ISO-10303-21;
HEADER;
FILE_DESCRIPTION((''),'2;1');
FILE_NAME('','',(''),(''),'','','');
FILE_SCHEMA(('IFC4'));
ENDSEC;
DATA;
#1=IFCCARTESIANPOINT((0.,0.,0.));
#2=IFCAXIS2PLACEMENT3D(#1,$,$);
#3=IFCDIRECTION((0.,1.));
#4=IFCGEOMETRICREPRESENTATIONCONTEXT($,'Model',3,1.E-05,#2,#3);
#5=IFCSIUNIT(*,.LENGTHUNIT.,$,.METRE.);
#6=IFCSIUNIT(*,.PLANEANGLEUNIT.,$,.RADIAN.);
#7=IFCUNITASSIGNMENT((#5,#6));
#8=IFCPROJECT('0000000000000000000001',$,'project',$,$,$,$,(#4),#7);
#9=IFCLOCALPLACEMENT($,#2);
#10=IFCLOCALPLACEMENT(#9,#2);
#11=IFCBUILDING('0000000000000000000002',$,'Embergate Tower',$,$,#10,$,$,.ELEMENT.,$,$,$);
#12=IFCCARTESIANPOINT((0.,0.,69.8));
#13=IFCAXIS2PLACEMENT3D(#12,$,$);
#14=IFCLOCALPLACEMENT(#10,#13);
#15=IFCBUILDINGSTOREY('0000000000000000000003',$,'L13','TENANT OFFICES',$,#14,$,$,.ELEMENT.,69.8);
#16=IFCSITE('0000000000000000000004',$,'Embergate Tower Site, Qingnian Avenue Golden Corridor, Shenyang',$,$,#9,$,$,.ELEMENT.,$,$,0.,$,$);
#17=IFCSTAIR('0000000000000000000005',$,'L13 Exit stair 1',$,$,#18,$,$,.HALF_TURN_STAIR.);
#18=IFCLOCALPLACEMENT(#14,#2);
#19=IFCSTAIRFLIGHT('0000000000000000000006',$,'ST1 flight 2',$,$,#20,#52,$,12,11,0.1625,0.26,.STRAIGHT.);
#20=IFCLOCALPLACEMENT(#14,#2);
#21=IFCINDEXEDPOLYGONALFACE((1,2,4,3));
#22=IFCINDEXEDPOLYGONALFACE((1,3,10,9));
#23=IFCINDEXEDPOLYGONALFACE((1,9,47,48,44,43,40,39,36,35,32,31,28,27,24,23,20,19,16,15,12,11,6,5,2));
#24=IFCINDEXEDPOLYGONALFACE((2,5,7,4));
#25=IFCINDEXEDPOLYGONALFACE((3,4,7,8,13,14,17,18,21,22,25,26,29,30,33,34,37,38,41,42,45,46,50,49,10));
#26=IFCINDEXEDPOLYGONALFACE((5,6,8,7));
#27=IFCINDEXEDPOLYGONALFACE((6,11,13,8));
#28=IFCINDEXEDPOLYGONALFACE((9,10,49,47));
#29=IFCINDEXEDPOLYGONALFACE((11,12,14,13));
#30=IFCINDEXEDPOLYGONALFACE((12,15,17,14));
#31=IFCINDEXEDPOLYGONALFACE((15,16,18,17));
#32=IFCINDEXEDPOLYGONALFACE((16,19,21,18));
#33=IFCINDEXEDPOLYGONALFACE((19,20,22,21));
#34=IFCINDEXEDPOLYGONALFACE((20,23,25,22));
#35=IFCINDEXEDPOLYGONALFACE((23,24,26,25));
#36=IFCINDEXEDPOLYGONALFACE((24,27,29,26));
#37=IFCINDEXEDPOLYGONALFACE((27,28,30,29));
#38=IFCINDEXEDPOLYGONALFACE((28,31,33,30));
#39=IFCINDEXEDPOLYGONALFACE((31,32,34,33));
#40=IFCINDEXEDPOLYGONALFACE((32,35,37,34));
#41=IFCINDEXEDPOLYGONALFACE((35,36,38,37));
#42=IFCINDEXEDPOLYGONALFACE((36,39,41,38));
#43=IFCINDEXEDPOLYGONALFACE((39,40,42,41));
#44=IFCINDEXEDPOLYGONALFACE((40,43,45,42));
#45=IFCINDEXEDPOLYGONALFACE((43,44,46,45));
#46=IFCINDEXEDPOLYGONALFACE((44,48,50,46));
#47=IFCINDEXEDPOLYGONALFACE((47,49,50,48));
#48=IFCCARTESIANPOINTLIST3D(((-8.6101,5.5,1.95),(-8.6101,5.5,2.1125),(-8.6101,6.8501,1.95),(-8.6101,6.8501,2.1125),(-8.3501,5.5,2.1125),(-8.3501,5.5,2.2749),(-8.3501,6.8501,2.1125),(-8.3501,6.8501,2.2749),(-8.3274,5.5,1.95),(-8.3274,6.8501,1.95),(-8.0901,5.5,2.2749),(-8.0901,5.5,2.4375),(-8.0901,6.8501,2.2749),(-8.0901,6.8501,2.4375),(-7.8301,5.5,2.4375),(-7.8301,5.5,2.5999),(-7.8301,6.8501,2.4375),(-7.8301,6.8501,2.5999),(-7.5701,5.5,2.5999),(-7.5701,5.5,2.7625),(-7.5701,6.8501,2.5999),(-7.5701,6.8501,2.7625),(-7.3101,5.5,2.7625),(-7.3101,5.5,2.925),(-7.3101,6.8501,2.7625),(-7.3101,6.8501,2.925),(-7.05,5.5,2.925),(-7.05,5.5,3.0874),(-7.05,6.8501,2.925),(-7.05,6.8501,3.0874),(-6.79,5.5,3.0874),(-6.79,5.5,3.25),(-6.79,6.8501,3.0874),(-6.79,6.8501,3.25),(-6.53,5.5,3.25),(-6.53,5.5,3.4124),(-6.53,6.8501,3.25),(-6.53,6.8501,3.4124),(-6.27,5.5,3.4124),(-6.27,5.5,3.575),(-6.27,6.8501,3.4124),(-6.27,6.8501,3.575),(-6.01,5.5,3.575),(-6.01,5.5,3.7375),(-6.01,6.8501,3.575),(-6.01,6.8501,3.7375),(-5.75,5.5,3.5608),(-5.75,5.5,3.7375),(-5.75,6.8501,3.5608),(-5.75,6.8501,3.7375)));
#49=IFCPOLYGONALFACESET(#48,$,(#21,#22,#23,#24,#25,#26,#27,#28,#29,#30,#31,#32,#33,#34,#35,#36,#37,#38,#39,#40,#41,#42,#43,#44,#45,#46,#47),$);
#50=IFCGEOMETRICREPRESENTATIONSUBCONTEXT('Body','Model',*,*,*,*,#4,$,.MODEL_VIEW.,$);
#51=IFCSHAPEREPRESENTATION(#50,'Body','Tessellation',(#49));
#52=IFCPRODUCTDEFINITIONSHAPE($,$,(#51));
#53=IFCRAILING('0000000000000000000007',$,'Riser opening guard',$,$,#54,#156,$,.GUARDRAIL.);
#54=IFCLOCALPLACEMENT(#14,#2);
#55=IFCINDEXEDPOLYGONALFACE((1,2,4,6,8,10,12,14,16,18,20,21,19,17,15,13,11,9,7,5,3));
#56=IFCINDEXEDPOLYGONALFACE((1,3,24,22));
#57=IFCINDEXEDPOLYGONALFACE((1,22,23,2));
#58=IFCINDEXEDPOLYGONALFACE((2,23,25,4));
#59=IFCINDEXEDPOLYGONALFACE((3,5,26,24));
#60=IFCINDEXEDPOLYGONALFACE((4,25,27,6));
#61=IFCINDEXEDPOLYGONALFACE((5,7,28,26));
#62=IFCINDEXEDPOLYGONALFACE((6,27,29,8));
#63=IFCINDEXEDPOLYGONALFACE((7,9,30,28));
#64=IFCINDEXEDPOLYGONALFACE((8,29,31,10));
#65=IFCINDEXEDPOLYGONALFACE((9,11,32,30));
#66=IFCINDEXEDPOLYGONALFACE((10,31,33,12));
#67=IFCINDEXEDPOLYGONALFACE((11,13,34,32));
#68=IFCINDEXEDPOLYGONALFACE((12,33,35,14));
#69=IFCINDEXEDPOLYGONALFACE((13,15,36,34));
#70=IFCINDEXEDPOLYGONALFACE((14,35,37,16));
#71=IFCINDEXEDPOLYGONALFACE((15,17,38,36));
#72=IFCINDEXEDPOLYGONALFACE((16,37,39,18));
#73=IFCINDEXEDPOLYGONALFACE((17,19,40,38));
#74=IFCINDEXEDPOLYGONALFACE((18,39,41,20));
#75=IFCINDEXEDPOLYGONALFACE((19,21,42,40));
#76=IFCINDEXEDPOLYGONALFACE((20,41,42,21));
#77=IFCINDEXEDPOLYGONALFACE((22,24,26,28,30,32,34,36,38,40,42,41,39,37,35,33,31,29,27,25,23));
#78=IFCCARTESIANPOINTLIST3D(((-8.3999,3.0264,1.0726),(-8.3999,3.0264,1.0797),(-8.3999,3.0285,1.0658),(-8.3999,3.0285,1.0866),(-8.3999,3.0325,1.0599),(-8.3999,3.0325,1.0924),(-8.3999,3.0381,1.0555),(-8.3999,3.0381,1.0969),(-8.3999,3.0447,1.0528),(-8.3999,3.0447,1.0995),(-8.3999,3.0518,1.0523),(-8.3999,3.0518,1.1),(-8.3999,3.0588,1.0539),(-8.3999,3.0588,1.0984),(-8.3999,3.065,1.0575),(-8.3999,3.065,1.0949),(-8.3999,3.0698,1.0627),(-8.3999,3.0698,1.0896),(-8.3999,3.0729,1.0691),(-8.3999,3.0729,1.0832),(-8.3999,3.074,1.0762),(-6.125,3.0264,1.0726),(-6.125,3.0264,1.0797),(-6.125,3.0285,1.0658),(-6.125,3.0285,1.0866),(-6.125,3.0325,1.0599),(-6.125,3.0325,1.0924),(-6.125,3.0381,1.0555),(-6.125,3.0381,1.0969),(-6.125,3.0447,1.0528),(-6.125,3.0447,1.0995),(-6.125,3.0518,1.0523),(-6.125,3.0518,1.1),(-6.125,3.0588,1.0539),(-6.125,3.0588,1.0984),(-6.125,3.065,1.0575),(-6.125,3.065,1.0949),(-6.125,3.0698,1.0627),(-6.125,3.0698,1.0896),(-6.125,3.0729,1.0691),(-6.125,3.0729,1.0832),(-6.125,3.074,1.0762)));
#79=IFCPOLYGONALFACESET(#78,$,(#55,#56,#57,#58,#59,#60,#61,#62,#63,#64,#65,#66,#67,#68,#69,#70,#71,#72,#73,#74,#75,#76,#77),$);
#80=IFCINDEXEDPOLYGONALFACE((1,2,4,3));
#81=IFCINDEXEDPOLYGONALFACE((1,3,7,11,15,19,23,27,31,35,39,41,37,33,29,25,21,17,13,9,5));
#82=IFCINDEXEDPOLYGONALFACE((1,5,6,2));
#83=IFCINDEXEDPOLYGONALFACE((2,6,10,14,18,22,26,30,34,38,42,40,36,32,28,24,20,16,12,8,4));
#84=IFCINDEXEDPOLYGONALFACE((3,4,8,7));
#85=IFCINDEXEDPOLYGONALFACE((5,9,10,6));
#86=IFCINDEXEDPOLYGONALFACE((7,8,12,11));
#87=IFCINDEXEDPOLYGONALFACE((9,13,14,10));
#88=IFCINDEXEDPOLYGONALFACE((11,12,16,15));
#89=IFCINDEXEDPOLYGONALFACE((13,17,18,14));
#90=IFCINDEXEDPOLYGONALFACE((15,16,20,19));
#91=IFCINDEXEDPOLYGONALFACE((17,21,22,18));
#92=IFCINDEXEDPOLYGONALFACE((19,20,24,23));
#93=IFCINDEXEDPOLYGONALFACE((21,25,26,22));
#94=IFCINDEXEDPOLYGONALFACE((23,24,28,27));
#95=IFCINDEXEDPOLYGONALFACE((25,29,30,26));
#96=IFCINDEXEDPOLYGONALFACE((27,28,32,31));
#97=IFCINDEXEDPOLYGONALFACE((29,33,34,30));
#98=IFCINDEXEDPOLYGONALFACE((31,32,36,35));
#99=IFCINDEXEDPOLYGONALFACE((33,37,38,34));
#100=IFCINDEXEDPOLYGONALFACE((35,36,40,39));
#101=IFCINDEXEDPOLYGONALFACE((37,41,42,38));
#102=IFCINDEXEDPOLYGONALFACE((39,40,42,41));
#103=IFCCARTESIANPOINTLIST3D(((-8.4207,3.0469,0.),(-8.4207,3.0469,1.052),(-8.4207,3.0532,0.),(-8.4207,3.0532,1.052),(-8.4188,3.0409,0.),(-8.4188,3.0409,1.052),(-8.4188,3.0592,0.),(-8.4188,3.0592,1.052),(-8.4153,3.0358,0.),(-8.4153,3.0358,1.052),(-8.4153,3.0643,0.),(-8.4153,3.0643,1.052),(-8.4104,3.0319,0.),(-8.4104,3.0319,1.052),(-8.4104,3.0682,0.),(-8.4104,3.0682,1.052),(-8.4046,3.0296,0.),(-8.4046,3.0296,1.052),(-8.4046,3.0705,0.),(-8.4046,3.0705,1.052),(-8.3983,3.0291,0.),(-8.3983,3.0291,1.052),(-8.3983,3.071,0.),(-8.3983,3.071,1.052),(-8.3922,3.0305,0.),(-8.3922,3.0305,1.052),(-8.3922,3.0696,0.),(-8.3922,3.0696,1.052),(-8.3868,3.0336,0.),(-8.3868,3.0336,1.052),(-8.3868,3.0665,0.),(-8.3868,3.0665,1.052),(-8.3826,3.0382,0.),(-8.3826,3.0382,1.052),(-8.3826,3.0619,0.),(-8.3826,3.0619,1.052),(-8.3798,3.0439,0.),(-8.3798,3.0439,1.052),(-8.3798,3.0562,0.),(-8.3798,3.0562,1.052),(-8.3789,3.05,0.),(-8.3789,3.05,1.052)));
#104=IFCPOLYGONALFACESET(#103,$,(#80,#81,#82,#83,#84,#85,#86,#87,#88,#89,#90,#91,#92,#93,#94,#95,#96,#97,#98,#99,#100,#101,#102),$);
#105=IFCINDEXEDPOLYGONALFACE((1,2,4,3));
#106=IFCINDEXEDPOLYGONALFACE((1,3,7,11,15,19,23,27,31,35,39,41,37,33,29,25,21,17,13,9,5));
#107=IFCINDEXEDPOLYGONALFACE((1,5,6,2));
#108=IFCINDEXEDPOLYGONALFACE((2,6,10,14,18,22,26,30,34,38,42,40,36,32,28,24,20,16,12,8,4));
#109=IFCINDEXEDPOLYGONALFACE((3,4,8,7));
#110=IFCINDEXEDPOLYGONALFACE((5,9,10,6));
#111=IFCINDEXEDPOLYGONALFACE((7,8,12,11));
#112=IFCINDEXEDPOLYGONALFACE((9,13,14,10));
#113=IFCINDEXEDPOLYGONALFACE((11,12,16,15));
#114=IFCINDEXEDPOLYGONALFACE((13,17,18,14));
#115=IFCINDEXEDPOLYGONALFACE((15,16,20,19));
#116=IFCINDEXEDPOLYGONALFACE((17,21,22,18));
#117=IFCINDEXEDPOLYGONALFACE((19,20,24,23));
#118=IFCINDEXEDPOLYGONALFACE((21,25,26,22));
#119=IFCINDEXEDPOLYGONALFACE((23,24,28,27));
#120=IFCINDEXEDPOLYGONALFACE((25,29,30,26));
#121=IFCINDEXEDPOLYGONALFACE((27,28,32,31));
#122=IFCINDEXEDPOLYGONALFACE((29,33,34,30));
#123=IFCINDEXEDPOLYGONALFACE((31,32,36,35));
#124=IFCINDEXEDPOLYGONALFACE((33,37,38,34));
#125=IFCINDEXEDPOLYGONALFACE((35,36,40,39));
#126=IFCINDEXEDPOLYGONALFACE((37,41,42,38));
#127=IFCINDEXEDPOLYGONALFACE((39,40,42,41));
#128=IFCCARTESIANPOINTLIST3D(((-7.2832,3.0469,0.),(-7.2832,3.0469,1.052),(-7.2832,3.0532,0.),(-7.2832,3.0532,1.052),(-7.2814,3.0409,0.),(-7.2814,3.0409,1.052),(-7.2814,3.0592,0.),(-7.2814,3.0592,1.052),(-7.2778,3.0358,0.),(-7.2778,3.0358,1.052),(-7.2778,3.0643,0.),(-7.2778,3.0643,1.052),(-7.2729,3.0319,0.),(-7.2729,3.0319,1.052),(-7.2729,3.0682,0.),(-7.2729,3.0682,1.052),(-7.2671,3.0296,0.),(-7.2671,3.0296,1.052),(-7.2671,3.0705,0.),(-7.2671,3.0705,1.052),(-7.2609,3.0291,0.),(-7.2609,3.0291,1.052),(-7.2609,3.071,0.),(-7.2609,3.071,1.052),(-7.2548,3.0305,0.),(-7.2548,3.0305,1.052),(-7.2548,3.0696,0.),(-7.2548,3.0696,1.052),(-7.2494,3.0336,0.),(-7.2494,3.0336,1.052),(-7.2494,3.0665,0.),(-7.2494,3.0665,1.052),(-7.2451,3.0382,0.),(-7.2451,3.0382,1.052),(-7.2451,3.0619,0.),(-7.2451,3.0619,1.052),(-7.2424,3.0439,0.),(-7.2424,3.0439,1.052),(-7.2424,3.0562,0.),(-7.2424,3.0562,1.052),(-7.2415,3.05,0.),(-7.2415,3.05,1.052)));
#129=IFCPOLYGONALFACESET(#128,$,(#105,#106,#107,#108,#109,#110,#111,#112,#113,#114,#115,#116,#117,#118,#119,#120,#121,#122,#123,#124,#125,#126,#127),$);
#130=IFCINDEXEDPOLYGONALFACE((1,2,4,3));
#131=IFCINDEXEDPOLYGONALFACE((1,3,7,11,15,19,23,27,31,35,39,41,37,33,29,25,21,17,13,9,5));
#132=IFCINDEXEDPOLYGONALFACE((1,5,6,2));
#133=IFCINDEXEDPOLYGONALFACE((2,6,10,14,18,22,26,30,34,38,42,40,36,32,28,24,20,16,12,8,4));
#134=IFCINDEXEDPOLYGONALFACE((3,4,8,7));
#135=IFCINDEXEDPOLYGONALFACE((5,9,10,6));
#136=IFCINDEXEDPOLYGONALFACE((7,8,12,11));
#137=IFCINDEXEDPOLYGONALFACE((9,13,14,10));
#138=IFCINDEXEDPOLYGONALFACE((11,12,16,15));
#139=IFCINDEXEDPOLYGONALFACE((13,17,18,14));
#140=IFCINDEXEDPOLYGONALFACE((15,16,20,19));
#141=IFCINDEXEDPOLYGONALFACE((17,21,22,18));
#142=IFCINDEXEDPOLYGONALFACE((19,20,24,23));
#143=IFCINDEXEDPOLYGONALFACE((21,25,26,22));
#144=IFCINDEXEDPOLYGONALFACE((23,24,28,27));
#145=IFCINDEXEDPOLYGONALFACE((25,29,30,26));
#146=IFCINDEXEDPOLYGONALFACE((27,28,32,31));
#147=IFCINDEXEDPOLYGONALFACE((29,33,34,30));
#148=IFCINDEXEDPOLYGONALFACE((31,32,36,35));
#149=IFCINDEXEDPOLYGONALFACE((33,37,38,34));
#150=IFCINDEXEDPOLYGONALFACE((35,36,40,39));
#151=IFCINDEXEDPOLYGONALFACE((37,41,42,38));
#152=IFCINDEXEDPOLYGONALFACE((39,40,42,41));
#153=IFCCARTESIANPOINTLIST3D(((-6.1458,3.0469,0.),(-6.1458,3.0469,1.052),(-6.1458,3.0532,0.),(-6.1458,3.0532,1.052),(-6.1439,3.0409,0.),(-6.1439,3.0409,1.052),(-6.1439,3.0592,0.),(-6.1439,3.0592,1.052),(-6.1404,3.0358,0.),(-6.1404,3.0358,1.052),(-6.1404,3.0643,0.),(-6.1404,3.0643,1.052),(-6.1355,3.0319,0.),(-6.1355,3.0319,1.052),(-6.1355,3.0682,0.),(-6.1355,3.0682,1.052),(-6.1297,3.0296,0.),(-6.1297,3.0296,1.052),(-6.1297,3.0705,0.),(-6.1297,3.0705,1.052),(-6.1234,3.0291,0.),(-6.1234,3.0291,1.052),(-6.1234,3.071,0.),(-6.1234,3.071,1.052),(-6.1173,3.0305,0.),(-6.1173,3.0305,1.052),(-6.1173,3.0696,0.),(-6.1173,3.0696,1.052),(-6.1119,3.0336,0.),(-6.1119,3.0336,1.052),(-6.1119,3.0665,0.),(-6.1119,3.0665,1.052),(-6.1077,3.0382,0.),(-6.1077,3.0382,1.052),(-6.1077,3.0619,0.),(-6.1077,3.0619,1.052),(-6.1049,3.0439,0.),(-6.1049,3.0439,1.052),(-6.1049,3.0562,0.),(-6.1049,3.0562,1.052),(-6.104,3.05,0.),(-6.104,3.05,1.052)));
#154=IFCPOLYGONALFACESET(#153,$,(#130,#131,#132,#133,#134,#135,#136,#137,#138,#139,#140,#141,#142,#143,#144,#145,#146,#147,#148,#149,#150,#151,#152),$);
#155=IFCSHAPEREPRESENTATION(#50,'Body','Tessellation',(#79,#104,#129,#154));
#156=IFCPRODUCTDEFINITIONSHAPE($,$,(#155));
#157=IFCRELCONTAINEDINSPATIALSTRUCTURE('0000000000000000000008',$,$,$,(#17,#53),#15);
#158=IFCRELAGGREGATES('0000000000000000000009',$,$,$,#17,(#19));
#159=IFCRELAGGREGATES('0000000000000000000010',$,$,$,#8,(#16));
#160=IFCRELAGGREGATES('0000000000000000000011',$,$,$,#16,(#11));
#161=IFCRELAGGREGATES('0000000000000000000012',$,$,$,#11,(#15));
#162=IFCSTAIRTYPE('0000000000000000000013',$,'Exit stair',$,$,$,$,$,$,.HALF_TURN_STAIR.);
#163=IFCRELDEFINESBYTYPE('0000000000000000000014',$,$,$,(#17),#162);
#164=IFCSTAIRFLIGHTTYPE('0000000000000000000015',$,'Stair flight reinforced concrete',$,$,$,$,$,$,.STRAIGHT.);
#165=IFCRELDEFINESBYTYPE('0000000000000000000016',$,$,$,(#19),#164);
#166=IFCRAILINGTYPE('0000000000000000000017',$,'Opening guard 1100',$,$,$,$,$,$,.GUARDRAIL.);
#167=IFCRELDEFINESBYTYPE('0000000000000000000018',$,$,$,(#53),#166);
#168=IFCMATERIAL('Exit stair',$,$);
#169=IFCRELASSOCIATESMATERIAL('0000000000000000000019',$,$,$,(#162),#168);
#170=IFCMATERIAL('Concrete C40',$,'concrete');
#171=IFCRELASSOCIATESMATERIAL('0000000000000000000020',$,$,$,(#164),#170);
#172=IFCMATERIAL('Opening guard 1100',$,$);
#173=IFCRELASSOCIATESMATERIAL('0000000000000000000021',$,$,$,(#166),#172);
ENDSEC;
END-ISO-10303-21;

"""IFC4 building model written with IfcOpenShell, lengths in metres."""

from ifc_helpers import new_model, si_unit, direction, frame, origin, origin_2d, place, context, subcontext, project, spatial, polyline, circle, outline, extrude, source, transform, mapped, material, type_object, element, aggregate, save


model = new_model("IFC4")

# Units and contexts
model_context = context("Model", 3, precision=1e-05, world=origin(), true_north=direction((0.0, 1.0)))
body_context = subcontext(model_context, "Body", "Model", "MODEL_VIEW")
ifc_project = project(units=[si_unit("LENGTHUNIT", "METRE"), si_unit("PLANEANGLEUNIT", "RADIAN")], contexts=[model_context])

# Site, building, storey
site_placement = place(None, origin())
site = spatial("IfcSite", under=ifc_project, at=site_placement, Name="Embergate Tower Site, Qingnian Avenue Golden Corridor, Shenyang", CompositionType="ELEMENT", RefElevation=0.0)
building_placement = place(site_placement, origin())
building = spatial("IfcBuilding", under=site, at=building_placement, Name="Embergate Tower", CompositionType="ELEMENT")
storey_placement = place(building_placement, frame((0.0, 0.0, 69.8)))
storey = spatial("IfcBuildingStorey", under=building, at=storey_placement, Name="L13", Description="TENANT OFFICES", CompositionType="ELEMENT", Elevation=69.8)

# Stair
ifc_material_1 = material(Name="Exit stair")
stair_type = type_object("IfcStairType", Name="Exit stair", PredefinedType="HALF_TURN_STAIR", material=ifc_material_1)
stair_placement = place(storey_placement, origin())
stair = element("IfcStair", 1, at=stair_placement, inside=storey, type_object=stair_type, Name="L13 Exit stair 1", PredefinedType="HALF_TURN_STAIR")
ifc_material_2 = material(Name="Concrete C40", Category="concrete")

# Stair flight
stair_flight_type = type_object("IfcStairFlightType", Name="Stair flight reinforced concrete", PredefinedType="STRAIGHT", material=ifc_material_2)
shared_shape_1 = source(origin(), body_context, "Body", "SweptSolid", [
    extrude(outline(polyline([(0.0, 0.0), (0.0, 0.1626), (0.26, 0.1626), (0.26, 0.325), (0.52, 0.325), (0.52, 0.4875), (0.78, 0.4875), (0.78, 0.6499), (1.04, 0.6499), (1.04, 0.8125), (1.3, 0.8125), (1.3, 0.9751), (1.5601, 0.9751), (1.5601, 1.1375), (1.8201, 1.1375), (1.8201, 1.3), (2.0801, 1.3), (2.0801, 1.4624), (2.3401, 1.4624), (2.3401, 1.625), (2.6001, 1.625), (2.6001, 1.7876), (2.8601, 1.7876), (2.8601, 1.95), (2.8601, 1.6108), (0.2827, 0.0), (0.0, 0.0)])), frame((0.0, 0.675, 0.0), z_axis=(0.0, -1.0, 0.0), x_axis=(1.0, 0.0, 0.0)), (0.0, 0.0, 1.0), 1.3501),
])
stair_flight_placement = place(storey_placement, frame((-8.6101, 6.175, 1.95), z_axis=(0.0, 0.0, 1.0), x_axis=(1.0, 0.0, 0.0)))
stair_flight = element("IfcStairFlight", 2, at=stair_flight_placement, type_object=stair_flight_type, Name="ST1 flight 2", NumberOfRisers=12, NumberOfTreads=11, PredefinedType="STRAIGHT", RiserHeight=0.1625, TreadLength=0.26, context=body_context, shape_type="MappedRepresentation", body=[
    mapped(shared_shape_1, transform((0.0, 0.0, 0.0))),
])
aggregate(stair, [stair_flight])

# Railing
ifc_material_3 = material(Name="Opening guard 1100")
railing_type = type_object("IfcRailingType", Name="Opening guard 1100", PredefinedType="GUARDRAIL", material=ifc_material_3)
shared_shape_2 = source(origin(), body_context, "Body", "SweptSolid", [
    extrude(circle(Radius=0.0239, at=origin_2d()), frame((0.0, 0.0, 1.0762), z_axis=(1.0, 0.0, 0.0), x_axis=(0.0, 1.0, 0.0)), (0.0, 0.0, 1.0), 2.2749),
    extrude(circle(Radius=0.021, at=origin_2d()), origin(), (0.0, 0.0, 1.0), 1.052),
    extrude(circle(Radius=0.021, at=origin_2d()), frame((1.1375, 0.0, 0.0)), (0.0, 0.0, 1.0), 1.052),
    extrude(circle(Radius=0.021, at=origin_2d()), frame((2.2749, 0.0, 0.0)), (0.0, 0.0, 1.0), 1.052),
])
railing_placement = place(storey_placement, frame((-8.3999, 3.05, 0.0)))
element("IfcRailing", 3, at=railing_placement, inside=storey, type_object=railing_type, Name="Riser opening guard", PredefinedType="GUARDRAIL", context=body_context, shape_type="MappedRepresentation", body=[
    mapped(shared_shape_2, transform((0.0, 0.0, 0.0))),
])

save(model, "model.ifc")
